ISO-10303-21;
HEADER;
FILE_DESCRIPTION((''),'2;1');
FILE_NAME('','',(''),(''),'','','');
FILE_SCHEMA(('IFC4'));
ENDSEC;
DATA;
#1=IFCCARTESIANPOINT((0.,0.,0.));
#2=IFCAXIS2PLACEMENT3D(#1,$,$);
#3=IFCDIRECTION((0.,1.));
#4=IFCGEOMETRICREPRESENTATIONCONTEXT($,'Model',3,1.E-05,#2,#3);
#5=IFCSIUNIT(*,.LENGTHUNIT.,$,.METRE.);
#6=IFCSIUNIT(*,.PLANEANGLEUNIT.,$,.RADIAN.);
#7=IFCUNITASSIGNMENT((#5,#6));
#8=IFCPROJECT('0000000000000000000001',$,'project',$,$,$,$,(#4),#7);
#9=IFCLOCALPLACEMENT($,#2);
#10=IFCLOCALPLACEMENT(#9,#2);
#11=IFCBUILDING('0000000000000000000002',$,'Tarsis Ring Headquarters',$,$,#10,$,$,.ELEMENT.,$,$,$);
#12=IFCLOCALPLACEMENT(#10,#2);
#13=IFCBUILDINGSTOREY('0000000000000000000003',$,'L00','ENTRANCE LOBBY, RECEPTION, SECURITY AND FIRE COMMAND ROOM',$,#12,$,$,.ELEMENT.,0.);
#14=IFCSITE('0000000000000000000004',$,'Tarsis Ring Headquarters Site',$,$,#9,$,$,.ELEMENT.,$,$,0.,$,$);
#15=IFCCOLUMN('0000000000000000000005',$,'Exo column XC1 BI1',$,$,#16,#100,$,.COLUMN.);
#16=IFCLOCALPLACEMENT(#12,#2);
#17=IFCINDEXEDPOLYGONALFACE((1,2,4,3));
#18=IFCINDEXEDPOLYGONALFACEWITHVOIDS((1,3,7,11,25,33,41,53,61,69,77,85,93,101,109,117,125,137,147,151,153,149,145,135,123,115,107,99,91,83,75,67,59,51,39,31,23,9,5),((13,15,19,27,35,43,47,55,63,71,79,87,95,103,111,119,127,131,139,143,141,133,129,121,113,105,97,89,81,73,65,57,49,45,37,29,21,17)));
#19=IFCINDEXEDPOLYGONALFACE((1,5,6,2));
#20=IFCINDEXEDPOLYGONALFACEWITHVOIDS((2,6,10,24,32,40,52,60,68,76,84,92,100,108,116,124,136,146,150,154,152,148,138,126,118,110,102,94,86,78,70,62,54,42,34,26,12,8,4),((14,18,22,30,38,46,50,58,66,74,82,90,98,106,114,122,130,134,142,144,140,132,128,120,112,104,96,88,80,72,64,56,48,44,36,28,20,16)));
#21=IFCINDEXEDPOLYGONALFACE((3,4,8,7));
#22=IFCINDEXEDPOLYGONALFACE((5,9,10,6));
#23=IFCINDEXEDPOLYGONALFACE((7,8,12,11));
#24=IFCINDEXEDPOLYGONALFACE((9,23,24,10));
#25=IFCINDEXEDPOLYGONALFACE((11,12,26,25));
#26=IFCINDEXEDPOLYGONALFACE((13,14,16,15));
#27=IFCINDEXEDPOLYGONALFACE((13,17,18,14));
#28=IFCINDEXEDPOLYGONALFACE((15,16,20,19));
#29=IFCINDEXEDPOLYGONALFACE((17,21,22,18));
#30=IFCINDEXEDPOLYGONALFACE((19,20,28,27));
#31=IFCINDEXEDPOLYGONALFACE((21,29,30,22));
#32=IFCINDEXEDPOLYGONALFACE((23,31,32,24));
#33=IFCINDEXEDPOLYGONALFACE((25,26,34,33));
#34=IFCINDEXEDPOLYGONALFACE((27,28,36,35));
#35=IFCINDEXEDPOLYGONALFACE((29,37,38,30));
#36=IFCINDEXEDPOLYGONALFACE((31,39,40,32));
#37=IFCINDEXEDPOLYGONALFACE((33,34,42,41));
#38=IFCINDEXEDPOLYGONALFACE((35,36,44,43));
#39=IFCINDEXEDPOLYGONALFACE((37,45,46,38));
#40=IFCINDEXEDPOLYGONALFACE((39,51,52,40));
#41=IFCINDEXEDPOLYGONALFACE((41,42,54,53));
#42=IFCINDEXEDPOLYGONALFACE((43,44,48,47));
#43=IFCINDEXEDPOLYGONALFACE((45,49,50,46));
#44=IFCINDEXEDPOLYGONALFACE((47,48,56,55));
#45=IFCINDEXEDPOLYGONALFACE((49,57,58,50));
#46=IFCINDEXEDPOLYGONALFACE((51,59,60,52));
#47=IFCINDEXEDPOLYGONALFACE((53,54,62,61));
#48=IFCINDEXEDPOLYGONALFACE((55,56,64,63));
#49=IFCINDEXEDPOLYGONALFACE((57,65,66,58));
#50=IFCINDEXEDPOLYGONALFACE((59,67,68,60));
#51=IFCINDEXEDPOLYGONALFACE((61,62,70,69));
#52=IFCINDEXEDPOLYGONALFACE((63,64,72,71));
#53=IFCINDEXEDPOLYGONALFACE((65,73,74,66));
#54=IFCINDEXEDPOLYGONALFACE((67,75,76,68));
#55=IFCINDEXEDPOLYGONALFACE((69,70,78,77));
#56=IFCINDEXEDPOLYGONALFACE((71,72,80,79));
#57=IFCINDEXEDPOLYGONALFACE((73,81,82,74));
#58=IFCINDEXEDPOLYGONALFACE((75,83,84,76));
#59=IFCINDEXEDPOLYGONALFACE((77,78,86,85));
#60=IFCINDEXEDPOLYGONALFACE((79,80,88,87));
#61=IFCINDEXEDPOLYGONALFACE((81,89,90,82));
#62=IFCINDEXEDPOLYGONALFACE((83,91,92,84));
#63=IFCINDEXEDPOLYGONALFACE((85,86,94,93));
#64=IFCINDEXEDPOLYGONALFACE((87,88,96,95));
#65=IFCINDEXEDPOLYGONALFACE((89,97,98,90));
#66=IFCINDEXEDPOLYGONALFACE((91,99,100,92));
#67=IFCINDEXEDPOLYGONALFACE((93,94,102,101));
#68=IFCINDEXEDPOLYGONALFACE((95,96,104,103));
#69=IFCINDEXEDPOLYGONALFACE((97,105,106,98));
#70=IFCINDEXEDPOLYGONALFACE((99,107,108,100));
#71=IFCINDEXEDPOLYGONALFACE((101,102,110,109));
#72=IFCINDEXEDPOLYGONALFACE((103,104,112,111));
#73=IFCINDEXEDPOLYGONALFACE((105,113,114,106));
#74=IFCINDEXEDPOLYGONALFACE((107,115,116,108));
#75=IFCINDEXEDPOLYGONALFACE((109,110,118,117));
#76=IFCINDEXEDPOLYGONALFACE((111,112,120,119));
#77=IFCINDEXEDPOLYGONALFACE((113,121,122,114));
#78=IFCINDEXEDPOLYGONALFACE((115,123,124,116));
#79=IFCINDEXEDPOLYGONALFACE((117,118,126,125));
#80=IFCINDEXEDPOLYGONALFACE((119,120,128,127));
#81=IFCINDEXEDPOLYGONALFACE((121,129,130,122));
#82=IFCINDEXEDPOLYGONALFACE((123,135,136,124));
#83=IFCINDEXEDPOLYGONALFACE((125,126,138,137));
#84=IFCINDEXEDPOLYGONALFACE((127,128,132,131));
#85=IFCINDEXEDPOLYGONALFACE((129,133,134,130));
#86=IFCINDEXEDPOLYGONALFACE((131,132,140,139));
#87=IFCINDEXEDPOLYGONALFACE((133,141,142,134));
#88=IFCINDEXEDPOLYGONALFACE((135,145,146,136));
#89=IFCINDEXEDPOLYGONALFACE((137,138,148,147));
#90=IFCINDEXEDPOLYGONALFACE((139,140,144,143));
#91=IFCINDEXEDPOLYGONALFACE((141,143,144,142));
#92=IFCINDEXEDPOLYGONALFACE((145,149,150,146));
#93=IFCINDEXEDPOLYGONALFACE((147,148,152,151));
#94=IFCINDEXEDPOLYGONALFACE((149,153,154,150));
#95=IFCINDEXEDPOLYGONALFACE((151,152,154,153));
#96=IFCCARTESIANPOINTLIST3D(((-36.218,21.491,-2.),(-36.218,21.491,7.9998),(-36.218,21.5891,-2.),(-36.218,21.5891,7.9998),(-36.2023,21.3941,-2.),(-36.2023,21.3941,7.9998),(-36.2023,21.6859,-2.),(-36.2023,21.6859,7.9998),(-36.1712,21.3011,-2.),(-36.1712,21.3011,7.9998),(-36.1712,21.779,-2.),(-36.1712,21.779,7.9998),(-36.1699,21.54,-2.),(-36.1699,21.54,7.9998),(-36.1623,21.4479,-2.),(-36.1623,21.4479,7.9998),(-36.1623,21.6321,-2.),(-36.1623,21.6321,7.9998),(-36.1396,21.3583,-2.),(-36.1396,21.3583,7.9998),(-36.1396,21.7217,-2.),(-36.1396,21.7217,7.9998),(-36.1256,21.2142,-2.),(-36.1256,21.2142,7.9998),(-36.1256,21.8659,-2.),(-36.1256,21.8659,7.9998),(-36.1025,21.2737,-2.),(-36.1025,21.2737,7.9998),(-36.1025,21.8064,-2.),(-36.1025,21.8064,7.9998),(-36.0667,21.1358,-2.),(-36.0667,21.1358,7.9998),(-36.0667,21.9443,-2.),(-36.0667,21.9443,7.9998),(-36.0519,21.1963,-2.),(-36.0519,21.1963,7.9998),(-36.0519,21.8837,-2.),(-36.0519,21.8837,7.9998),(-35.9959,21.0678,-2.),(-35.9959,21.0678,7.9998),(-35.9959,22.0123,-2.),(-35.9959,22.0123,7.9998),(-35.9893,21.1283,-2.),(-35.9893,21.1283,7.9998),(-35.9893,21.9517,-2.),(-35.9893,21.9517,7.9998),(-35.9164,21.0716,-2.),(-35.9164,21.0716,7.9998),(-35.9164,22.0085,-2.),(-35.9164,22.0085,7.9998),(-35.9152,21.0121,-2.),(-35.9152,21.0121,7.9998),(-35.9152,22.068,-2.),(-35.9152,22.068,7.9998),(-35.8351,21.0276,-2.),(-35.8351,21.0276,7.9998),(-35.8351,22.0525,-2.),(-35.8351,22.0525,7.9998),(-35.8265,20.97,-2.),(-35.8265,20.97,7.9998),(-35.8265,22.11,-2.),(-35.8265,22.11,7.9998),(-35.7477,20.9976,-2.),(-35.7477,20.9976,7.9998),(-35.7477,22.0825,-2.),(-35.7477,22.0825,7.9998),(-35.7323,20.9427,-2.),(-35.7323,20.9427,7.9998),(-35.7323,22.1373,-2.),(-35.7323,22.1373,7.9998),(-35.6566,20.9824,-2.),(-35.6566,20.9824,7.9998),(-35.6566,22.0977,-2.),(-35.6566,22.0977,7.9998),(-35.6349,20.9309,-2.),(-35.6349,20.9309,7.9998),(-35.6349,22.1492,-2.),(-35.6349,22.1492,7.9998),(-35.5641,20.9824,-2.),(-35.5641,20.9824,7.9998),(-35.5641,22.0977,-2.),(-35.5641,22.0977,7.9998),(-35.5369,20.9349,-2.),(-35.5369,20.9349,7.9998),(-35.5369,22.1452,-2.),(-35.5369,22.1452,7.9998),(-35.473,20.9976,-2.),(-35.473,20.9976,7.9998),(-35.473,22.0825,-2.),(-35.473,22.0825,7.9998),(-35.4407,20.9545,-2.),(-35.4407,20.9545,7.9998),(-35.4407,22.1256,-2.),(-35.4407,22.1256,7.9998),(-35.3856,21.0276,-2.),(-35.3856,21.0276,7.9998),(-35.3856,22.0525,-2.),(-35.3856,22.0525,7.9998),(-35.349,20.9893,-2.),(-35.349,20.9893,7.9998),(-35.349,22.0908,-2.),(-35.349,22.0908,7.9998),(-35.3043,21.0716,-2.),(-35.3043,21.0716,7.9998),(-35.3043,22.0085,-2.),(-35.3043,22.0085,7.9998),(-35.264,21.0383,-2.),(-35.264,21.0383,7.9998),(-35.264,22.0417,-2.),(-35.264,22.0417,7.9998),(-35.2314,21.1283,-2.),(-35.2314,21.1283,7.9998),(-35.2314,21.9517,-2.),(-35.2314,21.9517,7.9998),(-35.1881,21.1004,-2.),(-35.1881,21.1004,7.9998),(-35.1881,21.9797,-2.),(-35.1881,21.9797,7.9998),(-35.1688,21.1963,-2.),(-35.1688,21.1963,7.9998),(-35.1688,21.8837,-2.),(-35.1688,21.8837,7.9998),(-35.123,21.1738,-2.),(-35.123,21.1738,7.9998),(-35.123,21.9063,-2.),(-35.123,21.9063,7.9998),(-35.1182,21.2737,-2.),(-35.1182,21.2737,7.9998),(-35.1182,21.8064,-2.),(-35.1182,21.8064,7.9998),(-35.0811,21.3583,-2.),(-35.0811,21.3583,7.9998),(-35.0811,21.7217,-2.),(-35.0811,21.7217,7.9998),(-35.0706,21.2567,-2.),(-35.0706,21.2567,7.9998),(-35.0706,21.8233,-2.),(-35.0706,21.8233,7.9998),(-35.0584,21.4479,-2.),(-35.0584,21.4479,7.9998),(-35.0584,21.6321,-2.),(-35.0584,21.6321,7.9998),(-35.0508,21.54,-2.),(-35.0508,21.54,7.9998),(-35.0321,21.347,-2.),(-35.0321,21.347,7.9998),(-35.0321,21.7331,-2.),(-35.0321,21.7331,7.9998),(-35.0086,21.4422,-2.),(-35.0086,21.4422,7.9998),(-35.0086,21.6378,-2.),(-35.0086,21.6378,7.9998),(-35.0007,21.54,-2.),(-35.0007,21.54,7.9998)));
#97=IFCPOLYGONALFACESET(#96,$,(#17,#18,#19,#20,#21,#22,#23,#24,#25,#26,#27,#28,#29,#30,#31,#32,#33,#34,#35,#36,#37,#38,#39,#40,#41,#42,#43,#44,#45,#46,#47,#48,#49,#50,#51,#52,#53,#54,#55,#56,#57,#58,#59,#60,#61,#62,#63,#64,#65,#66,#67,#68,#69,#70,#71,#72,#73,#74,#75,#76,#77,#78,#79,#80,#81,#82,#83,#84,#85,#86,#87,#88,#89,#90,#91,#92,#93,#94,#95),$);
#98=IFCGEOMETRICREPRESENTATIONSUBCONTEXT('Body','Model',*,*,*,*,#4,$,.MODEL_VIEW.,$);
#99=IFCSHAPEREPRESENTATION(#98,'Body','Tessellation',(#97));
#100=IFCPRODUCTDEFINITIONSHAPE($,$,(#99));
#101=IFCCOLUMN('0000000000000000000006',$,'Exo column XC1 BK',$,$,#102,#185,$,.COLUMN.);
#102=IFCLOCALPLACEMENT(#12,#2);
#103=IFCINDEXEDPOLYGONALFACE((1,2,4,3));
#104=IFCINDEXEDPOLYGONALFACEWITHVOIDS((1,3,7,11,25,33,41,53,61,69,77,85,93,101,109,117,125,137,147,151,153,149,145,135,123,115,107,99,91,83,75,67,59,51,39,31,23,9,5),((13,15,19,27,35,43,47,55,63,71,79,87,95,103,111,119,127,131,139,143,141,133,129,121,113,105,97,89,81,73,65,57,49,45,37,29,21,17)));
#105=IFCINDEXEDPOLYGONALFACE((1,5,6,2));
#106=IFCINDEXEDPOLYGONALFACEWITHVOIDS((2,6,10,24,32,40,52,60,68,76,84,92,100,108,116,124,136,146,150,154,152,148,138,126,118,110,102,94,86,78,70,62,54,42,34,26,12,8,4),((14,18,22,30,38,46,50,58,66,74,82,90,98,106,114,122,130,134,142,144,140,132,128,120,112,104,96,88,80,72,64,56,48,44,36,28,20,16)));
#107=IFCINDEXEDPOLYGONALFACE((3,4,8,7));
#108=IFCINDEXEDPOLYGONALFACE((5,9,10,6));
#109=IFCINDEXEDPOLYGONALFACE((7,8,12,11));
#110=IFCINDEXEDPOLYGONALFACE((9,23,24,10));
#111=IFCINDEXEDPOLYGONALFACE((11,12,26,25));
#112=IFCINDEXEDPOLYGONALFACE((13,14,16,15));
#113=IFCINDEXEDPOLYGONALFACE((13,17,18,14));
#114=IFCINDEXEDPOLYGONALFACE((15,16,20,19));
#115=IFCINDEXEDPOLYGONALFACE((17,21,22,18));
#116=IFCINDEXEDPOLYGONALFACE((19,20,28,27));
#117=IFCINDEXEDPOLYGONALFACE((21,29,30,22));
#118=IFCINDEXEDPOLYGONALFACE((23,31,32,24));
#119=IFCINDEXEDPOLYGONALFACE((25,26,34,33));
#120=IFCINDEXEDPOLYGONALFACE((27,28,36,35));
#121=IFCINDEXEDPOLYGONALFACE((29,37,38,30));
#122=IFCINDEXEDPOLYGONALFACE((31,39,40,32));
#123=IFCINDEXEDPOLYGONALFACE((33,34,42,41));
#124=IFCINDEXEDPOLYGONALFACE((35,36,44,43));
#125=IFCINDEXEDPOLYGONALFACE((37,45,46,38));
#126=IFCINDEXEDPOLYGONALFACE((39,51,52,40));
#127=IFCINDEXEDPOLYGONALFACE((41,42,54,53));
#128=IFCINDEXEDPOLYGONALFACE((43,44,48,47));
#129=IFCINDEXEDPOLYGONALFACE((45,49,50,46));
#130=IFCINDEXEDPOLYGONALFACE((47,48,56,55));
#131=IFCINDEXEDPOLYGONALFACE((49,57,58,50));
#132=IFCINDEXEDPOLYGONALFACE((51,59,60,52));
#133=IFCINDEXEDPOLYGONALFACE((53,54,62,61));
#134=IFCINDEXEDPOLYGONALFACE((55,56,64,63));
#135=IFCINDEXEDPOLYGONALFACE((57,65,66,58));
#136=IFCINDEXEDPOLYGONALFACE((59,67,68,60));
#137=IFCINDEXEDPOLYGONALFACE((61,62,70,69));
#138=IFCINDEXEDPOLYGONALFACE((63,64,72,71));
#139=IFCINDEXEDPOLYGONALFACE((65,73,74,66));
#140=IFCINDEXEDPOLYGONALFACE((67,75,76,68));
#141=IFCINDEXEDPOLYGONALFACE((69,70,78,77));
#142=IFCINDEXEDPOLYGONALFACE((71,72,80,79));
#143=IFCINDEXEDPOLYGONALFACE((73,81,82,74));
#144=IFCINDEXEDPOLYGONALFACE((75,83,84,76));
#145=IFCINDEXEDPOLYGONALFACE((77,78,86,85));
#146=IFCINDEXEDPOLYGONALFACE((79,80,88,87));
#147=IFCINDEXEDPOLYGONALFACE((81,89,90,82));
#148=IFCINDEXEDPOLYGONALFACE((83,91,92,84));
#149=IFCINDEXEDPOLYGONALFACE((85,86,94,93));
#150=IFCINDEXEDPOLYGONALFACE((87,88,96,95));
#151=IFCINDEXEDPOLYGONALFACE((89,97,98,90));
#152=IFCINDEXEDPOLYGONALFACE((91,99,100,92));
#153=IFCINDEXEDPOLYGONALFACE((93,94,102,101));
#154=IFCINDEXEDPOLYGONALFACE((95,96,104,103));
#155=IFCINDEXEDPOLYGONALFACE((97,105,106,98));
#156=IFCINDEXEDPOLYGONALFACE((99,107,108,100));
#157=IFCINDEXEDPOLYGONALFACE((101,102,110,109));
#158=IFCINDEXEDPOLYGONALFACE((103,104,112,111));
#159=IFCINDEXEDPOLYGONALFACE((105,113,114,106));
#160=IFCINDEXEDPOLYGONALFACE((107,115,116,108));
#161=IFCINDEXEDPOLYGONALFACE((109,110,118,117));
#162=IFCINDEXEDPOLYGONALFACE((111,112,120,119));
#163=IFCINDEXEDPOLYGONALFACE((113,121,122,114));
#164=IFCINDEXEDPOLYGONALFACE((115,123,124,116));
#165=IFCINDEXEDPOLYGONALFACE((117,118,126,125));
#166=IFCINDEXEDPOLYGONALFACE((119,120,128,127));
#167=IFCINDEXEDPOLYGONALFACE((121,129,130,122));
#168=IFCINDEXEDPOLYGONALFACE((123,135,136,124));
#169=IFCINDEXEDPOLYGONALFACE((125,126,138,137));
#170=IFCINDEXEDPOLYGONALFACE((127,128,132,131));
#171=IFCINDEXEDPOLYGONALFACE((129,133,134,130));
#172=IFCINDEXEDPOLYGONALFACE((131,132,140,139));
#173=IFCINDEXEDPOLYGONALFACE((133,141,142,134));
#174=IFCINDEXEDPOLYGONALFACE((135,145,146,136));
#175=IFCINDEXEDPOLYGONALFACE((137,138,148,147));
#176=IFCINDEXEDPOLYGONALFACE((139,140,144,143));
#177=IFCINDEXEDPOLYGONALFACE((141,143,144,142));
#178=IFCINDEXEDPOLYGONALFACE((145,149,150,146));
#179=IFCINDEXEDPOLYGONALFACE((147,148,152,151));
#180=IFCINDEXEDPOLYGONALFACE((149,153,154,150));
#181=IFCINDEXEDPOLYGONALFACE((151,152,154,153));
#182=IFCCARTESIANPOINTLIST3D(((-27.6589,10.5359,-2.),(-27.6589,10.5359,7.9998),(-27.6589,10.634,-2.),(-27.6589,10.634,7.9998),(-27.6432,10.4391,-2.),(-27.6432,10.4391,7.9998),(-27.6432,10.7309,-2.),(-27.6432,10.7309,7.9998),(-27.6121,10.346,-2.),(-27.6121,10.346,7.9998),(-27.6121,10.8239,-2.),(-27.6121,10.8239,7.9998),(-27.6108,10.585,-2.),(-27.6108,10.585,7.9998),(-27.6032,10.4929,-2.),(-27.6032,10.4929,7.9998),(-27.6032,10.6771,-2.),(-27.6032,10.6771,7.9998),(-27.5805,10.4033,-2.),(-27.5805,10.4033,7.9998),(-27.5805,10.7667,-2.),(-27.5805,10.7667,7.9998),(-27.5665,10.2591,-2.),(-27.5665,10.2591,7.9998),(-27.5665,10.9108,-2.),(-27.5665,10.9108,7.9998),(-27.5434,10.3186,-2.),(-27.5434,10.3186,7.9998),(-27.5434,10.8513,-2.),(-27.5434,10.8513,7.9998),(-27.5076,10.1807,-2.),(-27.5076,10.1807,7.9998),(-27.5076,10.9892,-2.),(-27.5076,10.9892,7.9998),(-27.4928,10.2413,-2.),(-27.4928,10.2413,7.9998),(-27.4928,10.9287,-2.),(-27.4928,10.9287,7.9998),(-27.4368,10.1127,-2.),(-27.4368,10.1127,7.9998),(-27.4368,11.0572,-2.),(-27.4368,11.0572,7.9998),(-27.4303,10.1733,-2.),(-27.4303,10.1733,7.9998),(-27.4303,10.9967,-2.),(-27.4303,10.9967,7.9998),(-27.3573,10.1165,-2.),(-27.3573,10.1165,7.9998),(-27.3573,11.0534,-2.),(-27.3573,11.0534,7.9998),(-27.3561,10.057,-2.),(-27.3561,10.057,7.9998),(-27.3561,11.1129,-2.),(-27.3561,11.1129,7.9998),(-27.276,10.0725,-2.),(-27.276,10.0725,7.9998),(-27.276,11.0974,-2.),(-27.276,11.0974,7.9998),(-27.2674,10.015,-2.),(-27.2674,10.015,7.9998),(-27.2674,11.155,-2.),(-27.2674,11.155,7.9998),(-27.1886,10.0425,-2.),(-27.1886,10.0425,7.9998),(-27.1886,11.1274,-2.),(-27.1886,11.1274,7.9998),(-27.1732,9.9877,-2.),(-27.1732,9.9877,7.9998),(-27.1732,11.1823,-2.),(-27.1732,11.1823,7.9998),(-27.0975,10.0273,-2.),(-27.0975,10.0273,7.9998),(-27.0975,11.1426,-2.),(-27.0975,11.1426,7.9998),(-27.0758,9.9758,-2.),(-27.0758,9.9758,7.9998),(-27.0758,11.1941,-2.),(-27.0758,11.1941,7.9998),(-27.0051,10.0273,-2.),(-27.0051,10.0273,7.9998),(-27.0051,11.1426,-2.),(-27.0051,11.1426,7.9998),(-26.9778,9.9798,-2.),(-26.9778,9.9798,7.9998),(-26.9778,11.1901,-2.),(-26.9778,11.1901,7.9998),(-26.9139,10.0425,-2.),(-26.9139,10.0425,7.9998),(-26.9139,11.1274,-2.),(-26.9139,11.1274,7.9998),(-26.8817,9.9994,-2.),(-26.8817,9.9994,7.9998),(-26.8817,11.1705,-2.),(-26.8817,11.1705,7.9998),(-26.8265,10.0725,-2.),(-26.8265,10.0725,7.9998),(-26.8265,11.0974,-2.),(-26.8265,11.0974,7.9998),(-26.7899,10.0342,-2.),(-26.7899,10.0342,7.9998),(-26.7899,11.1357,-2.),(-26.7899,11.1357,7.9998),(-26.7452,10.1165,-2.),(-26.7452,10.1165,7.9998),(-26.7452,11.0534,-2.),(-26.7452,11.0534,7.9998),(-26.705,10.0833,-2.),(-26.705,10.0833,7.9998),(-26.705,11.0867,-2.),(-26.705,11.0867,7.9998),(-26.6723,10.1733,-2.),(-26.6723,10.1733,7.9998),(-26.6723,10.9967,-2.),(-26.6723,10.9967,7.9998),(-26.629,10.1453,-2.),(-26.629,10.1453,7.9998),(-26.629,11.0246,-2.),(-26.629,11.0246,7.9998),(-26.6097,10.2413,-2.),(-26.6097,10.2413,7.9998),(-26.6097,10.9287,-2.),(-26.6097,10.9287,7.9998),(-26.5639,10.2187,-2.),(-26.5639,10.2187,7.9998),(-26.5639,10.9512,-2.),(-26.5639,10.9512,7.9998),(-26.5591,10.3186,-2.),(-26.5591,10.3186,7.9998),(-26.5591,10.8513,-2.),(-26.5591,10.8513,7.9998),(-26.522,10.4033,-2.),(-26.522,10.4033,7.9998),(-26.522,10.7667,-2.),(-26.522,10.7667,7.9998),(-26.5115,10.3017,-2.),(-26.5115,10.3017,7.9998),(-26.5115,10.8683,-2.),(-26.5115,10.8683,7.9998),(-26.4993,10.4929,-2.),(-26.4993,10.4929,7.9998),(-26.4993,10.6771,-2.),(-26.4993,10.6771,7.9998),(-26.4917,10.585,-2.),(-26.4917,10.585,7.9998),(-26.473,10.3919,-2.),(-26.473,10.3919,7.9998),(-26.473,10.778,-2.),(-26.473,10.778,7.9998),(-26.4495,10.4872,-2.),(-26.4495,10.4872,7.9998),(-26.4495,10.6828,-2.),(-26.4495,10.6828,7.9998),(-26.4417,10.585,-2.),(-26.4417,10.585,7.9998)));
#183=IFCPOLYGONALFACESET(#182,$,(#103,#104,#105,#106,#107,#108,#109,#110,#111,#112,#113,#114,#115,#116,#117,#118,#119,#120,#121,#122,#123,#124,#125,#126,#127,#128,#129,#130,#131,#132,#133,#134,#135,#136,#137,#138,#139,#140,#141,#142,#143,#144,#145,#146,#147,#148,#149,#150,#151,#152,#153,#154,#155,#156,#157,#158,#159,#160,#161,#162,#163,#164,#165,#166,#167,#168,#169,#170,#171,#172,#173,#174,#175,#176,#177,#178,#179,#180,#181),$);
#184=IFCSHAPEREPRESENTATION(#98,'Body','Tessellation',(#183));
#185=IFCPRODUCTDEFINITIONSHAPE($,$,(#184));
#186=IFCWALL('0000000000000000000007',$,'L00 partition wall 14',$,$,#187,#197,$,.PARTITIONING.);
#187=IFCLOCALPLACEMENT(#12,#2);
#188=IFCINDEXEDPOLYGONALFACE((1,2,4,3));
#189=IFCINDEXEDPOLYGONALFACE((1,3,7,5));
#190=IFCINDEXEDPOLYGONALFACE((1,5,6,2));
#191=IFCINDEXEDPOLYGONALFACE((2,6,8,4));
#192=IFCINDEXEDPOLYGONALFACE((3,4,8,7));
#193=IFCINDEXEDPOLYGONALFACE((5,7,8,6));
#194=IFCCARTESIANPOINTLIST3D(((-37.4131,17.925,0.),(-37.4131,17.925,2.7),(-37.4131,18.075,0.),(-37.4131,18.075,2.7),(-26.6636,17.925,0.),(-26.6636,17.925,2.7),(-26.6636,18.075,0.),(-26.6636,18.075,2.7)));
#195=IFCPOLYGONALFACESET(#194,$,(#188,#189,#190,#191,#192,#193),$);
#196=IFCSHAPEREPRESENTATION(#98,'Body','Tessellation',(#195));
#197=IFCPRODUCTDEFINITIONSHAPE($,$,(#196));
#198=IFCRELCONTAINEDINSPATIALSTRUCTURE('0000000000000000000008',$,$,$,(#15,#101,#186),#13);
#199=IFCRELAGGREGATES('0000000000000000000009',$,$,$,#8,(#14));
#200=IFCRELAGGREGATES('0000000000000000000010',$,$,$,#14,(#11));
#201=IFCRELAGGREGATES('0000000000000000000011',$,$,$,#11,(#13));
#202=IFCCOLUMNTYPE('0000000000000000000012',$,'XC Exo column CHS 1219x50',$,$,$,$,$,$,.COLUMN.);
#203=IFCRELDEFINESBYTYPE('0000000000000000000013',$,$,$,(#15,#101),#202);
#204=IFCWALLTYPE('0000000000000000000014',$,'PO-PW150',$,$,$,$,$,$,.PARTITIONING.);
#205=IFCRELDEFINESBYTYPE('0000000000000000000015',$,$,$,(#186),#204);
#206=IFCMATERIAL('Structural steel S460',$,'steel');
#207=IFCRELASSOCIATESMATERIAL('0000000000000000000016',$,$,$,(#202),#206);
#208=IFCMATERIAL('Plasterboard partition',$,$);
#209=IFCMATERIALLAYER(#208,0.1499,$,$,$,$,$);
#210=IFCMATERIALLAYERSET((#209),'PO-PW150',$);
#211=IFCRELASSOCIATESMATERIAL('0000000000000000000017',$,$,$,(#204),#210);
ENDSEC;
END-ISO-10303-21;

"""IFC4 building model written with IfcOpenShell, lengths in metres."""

from ifc_helpers import new_model, si_unit, direction, frame, frame_2d, origin, origin_2d, place, context, subcontext, project, spatial, rectangle, hollow_circle, extrude, material, layer, layer_set, material_profile, profile_set, type_object, element, save


model = new_model("IFC4")

# Units and contexts
model_context = context("Model", 3, precision=1e-05, world=origin(), true_north=direction((0.0, 1.0)))
body_context = subcontext(model_context, "Body", "Model", "MODEL_VIEW")
ifc_project = project(units=[si_unit("LENGTHUNIT", "METRE"), si_unit("PLANEANGLEUNIT", "RADIAN")], contexts=[model_context])

# Site, building, storey
site_placement = place(None, origin())
site = spatial("IfcSite", under=ifc_project, at=site_placement, Name="Tarsis Ring Headquarters Site", CompositionType="ELEMENT", RefElevation=0.0)
building_placement = place(site_placement, origin())
building = spatial("IfcBuilding", under=site, at=building_placement, Name="Tarsis Ring Headquarters", CompositionType="ELEMENT")
storey_placement = place(building_placement, origin())
storey = spatial("IfcBuildingStorey", under=building, at=storey_placement, Name="L00", Description="ENTRANCE LOBBY, RECEPTION, SECURITY AND FIRE COMMAND ROOM", CompositionType="ELEMENT", Elevation=0.0)

# Columns
ifc_material_1 = material(Name="Structural steel S460", Category="steel")
ifc_material_profile_1 = material_profile(ifc_material_1, hollow_circle(Radius=0.6096, WallThickness=0.05, at=origin_2d()), Name="CHS 1219x50")
ifc_profile_set_1 = profile_set([ifc_material_profile_1], Name="Structural steel S460")
column_type_1 = type_object("IfcColumnType", Name="XC Exo column CHS 1219x50", PredefinedType="COLUMN", material=ifc_profile_set_1)
for number, where, z_axis, x_axis, name in (
    (1, (-35.6104, 21.54, -2.0), (0.0, 0.0, 1.0), (1.0, 0.0, 0.0), "Exo column XC1 BI1"),
    (2, (-27.0513, 10.585, -2.0), (0.0, 0.0, 1.0), (1.0, 0.0, 0.0), "Exo column XC1 BK"),
):
    element("IfcColumn", number, at=place(storey_placement, frame(where, z_axis=z_axis, x_axis=x_axis)), inside=storey, type_object=column_type_1, Name=name, PredefinedType="COLUMN", context=body_context, shape_type="SweptSolid", body=[
        extrude(hollow_circle(Radius=0.6096, WallThickness=0.05, at=origin_2d()), origin(), (0.0, 0.0, 1.0), 9.9998),
    ])

# Wall
ifc_material_2 = material(Name="Plasterboard partition")
ifc_layer = layer(ifc_material_2, 0.1499)
ifc_layer_set = layer_set([ifc_layer], Name="PO-PW150")
wall_type = type_object("IfcWallType", Name="PO-PW150", PredefinedType="PARTITIONING", material=ifc_layer_set)
wall_1_placement = place(storey_placement, frame((-26.6636, 18.0, 0.0), z_axis=(0.0, 0.0, 1.0), x_axis=(-1.0, 0.0, 0.0)))
element("IfcWall", 3, at=wall_1_placement, inside=storey, type_object=wall_type, Name="L00 partition wall 14", PredefinedType="PARTITIONING", context=body_context, shape_type="SweptSolid", body=[
    extrude(rectangle(XDim=10.7495, YDim=0.1499, at=frame_2d((5.3748, 0.0))), origin(), (0.0, 0.0, 1.0), 2.7),
])

save(model, "model.ifc")
